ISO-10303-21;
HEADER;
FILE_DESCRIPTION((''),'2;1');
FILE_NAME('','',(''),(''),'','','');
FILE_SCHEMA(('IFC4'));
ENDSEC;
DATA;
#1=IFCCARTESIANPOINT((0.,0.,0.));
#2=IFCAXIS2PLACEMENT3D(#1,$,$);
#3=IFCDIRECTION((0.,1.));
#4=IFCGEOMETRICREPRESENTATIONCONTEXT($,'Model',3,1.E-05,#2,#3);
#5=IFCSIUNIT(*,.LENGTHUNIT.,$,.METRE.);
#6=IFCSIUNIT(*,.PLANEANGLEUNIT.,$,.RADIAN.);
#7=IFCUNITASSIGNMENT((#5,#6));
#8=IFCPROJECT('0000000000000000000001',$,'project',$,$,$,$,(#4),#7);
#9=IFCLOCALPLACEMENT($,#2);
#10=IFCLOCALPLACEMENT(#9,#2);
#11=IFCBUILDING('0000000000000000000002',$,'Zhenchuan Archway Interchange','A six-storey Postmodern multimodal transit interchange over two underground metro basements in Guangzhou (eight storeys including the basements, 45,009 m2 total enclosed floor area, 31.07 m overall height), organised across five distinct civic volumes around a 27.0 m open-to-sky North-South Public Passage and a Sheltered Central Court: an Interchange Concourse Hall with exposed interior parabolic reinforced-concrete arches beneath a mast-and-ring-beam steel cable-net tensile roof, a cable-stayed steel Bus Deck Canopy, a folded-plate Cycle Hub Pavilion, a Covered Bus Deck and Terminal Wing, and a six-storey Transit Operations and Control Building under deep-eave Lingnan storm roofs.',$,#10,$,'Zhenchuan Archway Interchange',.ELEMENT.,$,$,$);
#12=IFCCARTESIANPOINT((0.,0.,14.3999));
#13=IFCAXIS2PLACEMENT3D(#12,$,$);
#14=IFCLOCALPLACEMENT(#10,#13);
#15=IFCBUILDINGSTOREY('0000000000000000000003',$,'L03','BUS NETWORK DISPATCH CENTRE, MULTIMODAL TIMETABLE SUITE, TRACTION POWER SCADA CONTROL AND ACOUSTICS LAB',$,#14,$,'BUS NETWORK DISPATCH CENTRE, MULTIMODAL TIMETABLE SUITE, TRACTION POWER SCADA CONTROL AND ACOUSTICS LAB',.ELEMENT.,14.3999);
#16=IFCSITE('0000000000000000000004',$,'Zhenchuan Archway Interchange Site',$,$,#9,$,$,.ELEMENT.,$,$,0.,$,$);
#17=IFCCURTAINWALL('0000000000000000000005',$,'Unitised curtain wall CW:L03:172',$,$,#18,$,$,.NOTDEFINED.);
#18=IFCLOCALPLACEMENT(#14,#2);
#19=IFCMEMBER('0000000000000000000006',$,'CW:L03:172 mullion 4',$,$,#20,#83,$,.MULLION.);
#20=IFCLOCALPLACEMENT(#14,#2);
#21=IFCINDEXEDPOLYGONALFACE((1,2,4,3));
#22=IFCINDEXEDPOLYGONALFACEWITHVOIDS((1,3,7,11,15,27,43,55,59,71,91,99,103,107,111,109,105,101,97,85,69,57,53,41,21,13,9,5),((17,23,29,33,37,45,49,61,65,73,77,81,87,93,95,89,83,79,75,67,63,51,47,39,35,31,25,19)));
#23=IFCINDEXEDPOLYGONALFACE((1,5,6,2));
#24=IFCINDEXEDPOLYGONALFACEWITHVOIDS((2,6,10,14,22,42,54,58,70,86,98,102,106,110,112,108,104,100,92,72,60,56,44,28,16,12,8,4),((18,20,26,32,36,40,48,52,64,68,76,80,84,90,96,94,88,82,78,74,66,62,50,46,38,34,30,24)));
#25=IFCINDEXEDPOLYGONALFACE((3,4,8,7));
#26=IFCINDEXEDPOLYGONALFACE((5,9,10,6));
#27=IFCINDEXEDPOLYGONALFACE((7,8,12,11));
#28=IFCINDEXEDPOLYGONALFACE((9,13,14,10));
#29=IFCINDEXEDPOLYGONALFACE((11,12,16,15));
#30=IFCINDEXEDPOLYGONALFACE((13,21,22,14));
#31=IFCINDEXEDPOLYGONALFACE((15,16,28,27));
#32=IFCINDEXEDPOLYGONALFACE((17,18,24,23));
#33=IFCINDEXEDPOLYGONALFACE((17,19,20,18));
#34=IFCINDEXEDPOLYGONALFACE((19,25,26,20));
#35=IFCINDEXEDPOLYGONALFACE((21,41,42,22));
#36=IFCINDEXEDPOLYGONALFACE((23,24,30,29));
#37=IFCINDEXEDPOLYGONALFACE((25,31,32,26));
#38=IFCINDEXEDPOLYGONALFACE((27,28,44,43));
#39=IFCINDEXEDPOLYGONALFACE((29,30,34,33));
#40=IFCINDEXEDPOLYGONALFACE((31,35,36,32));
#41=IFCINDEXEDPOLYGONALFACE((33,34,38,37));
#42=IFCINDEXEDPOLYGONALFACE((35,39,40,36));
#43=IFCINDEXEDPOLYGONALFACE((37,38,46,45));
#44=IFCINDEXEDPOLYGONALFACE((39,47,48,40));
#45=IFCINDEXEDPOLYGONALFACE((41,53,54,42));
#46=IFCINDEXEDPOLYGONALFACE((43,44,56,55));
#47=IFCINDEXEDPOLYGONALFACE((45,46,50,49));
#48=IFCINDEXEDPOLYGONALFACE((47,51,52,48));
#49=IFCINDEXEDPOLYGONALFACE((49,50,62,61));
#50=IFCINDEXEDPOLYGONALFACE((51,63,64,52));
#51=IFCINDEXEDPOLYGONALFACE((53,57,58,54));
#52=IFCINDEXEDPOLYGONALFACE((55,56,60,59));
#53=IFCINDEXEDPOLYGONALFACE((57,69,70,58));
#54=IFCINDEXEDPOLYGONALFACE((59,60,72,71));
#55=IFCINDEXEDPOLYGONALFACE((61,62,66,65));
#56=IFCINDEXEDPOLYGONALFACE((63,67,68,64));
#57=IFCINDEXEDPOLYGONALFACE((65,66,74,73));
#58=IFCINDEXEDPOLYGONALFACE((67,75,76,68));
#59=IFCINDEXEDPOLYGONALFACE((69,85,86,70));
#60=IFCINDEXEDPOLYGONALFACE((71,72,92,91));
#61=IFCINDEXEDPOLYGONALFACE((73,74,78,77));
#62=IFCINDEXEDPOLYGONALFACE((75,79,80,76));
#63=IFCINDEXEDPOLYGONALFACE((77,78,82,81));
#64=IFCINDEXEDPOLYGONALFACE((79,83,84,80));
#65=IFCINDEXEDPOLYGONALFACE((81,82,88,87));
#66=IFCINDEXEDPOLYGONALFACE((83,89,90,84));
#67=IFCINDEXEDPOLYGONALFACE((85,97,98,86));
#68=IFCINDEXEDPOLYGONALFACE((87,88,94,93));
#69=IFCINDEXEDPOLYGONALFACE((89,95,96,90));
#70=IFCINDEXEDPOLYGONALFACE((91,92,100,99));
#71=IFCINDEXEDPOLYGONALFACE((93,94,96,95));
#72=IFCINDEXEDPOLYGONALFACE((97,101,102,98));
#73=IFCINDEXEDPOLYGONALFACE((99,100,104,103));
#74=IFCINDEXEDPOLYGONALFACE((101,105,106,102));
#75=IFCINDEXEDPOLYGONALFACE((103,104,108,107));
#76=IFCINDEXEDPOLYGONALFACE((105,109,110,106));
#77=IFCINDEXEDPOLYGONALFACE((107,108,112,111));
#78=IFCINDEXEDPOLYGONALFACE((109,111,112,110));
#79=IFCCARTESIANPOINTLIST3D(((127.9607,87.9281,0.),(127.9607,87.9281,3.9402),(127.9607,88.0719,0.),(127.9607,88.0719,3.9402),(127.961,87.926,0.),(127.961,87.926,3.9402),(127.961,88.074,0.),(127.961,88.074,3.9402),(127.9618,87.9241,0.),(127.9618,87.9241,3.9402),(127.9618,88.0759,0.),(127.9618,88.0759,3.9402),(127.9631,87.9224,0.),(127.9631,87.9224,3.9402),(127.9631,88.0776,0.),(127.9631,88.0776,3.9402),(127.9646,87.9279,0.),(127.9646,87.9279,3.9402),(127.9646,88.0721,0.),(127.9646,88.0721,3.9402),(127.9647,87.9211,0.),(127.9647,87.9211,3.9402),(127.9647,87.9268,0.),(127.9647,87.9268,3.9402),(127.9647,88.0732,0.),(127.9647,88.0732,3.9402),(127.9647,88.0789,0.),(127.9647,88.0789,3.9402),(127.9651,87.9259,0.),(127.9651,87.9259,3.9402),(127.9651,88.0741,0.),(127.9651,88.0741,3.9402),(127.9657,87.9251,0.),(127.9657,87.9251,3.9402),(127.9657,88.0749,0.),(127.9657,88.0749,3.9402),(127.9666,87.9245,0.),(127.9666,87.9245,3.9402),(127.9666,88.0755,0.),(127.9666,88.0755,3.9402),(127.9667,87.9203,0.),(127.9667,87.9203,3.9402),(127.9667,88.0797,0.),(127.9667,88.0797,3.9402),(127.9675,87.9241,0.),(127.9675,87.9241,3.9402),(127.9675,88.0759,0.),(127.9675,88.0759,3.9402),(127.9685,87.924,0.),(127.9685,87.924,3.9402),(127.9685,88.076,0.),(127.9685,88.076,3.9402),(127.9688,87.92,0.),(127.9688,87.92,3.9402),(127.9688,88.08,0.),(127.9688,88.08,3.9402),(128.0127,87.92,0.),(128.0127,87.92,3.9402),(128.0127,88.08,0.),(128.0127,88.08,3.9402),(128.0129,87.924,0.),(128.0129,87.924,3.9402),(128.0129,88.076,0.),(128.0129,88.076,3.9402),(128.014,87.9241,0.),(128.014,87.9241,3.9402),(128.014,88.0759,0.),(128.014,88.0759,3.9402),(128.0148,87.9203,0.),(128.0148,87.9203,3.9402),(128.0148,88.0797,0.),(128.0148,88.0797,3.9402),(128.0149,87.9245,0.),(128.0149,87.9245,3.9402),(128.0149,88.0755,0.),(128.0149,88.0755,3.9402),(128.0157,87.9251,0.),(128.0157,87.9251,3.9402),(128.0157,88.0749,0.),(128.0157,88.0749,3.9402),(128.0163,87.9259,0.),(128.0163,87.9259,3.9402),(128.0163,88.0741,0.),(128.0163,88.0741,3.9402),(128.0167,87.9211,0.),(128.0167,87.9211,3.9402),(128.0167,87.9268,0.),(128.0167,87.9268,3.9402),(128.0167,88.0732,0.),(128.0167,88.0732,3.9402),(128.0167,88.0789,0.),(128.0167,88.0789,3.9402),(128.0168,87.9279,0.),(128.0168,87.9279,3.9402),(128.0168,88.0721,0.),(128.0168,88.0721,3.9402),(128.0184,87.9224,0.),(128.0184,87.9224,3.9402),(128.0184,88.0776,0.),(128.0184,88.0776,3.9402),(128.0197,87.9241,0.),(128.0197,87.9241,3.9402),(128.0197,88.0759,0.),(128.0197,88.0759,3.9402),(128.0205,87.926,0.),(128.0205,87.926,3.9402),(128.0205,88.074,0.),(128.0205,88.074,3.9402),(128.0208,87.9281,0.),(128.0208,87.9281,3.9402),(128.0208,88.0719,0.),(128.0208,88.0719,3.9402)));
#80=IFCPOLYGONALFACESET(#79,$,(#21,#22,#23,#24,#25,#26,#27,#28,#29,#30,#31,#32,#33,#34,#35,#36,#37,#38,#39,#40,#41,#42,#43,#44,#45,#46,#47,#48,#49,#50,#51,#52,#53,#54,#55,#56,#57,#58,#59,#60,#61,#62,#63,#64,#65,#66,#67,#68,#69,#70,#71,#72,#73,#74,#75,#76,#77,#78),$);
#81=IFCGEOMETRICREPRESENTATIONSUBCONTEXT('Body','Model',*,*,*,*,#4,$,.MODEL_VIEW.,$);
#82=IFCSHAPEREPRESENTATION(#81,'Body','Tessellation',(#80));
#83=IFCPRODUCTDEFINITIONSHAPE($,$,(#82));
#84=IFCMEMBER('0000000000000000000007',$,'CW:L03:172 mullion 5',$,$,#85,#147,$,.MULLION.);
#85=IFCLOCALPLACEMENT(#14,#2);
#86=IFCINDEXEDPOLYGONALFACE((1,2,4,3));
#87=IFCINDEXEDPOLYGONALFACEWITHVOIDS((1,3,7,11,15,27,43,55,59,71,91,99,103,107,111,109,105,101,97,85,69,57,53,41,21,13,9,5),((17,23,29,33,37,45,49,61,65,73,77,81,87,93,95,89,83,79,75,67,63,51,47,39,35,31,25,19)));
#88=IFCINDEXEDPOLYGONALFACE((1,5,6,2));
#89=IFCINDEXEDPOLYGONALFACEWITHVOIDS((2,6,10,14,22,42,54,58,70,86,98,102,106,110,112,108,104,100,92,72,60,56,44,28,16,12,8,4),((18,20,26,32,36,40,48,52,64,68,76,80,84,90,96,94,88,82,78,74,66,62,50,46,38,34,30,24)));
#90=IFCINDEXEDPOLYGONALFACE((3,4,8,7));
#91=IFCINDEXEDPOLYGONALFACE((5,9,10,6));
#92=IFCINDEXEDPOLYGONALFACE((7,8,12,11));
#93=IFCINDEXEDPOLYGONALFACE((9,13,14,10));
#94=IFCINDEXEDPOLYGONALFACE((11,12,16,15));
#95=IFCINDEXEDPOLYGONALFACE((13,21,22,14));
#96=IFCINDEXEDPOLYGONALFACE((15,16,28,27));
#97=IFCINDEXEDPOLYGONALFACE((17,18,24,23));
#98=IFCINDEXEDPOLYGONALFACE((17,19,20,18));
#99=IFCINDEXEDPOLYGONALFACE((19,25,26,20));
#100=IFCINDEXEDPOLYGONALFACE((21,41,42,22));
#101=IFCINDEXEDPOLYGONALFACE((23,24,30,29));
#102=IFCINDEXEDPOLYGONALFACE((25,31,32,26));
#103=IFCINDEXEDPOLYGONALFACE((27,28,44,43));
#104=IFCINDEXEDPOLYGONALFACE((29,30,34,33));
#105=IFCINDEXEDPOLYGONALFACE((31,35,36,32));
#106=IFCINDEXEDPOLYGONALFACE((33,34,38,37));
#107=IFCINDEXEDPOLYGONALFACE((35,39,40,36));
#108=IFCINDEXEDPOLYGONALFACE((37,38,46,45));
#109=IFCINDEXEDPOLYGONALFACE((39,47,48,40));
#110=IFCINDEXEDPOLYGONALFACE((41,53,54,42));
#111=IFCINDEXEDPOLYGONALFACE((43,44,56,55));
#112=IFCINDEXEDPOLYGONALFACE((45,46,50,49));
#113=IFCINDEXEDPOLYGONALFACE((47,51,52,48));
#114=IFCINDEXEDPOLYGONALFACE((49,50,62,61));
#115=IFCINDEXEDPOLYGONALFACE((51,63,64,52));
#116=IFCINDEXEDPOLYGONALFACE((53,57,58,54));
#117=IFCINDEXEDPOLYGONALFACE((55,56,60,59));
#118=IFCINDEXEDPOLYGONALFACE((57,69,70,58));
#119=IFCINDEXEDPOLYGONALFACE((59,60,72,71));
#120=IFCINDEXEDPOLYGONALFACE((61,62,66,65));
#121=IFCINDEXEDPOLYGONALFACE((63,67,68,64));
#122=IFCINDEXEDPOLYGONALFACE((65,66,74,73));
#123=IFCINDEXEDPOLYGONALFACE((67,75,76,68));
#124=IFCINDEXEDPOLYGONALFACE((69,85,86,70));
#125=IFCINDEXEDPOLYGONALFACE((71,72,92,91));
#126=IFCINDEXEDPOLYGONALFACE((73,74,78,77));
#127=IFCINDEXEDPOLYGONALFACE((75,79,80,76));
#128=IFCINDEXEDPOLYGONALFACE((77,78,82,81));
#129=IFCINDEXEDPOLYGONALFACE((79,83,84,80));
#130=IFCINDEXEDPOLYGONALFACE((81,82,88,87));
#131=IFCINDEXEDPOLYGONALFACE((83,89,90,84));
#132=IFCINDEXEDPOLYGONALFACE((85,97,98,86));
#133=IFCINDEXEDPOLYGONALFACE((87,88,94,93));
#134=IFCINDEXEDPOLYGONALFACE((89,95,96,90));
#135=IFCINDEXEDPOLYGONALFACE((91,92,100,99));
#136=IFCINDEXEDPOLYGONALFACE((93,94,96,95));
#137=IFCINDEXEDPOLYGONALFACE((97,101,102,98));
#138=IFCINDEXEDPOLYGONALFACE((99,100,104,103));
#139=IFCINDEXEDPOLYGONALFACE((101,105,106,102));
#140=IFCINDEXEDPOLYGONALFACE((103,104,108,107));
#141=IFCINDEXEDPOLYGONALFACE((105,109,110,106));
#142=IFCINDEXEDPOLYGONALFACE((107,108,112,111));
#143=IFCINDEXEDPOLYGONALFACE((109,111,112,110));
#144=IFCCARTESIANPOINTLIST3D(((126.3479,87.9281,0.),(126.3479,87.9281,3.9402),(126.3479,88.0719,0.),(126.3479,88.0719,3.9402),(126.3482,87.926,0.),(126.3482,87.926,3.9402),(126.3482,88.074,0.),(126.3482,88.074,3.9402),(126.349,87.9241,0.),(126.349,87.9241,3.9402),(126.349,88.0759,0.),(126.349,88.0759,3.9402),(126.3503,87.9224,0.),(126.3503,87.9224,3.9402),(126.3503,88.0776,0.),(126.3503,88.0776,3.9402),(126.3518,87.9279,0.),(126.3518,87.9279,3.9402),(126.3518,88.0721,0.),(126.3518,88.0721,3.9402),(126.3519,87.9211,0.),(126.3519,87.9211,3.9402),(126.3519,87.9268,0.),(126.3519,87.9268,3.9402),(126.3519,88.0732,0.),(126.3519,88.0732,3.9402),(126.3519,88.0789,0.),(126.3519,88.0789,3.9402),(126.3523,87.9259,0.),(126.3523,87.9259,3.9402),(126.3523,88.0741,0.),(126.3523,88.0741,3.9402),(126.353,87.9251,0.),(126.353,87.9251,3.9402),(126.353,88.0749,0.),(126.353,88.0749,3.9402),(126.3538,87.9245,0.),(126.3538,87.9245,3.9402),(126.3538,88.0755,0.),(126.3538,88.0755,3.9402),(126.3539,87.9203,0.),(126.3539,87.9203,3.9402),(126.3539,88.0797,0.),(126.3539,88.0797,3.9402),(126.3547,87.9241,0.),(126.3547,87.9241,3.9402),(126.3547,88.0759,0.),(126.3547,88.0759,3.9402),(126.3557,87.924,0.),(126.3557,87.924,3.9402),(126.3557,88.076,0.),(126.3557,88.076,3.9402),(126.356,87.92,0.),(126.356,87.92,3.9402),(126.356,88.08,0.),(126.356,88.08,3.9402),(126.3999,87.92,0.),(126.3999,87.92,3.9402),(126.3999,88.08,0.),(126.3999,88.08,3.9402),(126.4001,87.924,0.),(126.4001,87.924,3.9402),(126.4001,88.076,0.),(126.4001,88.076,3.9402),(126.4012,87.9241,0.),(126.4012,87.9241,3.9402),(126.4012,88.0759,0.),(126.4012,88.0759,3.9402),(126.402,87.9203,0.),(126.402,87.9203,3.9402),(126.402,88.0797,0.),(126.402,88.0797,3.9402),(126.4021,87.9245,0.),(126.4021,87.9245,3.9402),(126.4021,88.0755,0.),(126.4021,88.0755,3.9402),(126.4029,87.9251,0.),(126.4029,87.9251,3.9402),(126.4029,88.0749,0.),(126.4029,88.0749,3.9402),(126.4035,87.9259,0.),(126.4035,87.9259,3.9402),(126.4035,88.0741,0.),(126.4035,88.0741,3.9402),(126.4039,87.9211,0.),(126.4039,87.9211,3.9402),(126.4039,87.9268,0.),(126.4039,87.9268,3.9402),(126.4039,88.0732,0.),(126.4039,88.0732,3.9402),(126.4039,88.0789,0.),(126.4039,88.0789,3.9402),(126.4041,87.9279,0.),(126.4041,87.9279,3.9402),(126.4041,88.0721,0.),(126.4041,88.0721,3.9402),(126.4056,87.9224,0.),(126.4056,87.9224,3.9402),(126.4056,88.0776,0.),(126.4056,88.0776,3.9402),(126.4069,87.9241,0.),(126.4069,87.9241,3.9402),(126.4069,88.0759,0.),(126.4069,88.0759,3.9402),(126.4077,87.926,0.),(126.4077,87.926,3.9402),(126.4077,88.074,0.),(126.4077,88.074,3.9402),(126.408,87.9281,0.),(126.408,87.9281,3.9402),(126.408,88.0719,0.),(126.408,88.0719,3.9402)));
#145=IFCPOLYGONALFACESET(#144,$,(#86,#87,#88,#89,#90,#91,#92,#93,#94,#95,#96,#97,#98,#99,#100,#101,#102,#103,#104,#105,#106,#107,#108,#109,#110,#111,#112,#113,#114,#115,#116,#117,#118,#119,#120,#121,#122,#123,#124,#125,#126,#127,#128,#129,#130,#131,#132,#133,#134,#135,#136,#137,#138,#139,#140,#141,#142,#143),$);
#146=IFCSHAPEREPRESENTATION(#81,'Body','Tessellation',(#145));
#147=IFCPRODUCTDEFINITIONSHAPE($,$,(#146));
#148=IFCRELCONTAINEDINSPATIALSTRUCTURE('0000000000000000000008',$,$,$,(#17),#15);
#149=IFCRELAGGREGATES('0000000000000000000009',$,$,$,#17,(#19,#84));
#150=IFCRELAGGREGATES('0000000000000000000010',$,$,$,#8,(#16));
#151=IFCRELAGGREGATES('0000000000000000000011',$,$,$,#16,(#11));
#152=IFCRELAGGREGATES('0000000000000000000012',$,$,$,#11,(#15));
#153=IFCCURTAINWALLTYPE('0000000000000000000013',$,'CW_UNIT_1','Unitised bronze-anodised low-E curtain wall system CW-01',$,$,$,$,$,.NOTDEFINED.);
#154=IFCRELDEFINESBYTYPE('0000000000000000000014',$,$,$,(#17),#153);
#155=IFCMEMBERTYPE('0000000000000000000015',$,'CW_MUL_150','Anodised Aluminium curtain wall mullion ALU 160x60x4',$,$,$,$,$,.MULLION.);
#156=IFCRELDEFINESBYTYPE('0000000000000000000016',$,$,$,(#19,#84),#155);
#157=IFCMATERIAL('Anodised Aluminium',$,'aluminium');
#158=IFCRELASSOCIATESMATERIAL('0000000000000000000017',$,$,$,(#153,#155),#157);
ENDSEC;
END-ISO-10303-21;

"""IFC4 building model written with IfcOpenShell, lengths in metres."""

from ifc_helpers import new_model, si_unit, direction, frame, origin, origin_2d, place, context, subcontext, project, spatial, hollow_rectangle, extrude, material, material_profile, profile_set, type_object, element, aggregate, save


model = new_model("IFC4")

# Units and contexts
model_context = context("Model", 3, precision=1e-05, world=origin(), true_north=direction((0.0, 1.0)))
body_context = subcontext(model_context, "Body", "Model", "MODEL_VIEW")
ifc_project = project(units=[si_unit("LENGTHUNIT", "METRE"), si_unit("PLANEANGLEUNIT", "RADIAN")], contexts=[model_context])

# Site, building, storey
site_placement = place(None, origin())
site = spatial("IfcSite", under=ifc_project, at=site_placement, Name="Zhenchuan Archway Interchange Site", CompositionType="ELEMENT", RefElevation=0.0)
building_placement = place(site_placement, origin())
building = spatial("IfcBuilding", under=site, at=building_placement, Name="Zhenchuan Archway Interchange", Description="A six-storey Postmodern multimodal transit interchange over two underground metro basements in Guangzhou (eight storeys including the basements, 45,009 m2 total enclosed floor area, 31.07 m overall height), organised across five distinct civic volumes around a 27.0 m open-to-sky North-South Public Passage and a Sheltered Central Court: an Interchange Concourse Hall with exposed interior parabolic reinforced-concrete arches beneath a mast-and-ring-beam steel cable-net tensile roof, a cable-stayed steel Bus Deck Canopy, a folded-plate Cycle Hub Pavilion, a Covered Bus Deck and Terminal Wing, and a six-storey Transit Operations and Control Building under deep-eave Lingnan storm roofs.", LongName="Zhenchuan Archway Interchange", CompositionType="ELEMENT")
storey_placement = place(building_placement, frame((0.0, 0.0, 14.3999)))
storey = spatial("IfcBuildingStorey", under=building, at=storey_placement, Name="L03", Description="BUS NETWORK DISPATCH CENTRE, MULTIMODAL TIMETABLE SUITE, TRACTION POWER SCADA CONTROL AND ACOUSTICS LAB", LongName="BUS NETWORK DISPATCH CENTRE, MULTIMODAL TIMETABLE SUITE, TRACTION POWER SCADA CONTROL AND ACOUSTICS LAB", CompositionType="ELEMENT", Elevation=14.3999)

# Curtain wall, members
ifc_material_1 = material(Name="Anodised Aluminium", Category="aluminium")
curtain_wall_type_1 = type_object("IfcCurtainWallType", Name="CW_UNIT_1", Description="Unitised bronze-anodised low-E curtain wall system CW-01", PredefinedType="NOTDEFINED", material=ifc_material_1)
curtain_wall_1_placement = place(storey_placement, origin())
curtain_wall_1 = element("IfcCurtainWall", 1, at=curtain_wall_1_placement, inside=storey, type_object=curtain_wall_type_1, Name="Unitised curtain wall CW:L03:172", PredefinedType="NOTDEFINED")
ifc_material_profile_1 = material_profile(ifc_material_1, hollow_rectangle(XDim=0.0601, YDim=0.1599, WallThickness=0.0039, InnerFilletRadius=0.0039, OuterFilletRadius=0.0081, at=origin_2d()), Name="ALU 160x60x4")
ifc_profile_set_1 = profile_set([ifc_material_profile_1], Name="Anodised Aluminium")
member_type_1 = type_object("IfcMemberType", Name="CW_MUL_150", Description="Anodised Aluminium curtain wall mullion ALU 160x60x4", PredefinedType="MULLION", material=ifc_profile_set_1)
member_1_placement = place(storey_placement, frame((127.9907, 88.0, 0.0), z_axis=(0.0, 0.0, 1.0), x_axis=(1.0, 0.0, 0.0)))
member_1 = element("IfcMember", 2, at=member_1_placement, type_object=member_type_1, Name="CW:L03:172 mullion 4", PredefinedType="MULLION", context=body_context, shape_type="SweptSolid", body=[
    extrude(hollow_rectangle(XDim=0.0601, YDim=0.1599, WallThickness=0.0039, InnerFilletRadius=0.0039, OuterFilletRadius=0.0081, at=origin_2d()), origin(), (0.0, 0.0, 1.0), 3.9402),
])
member_2_placement = place(storey_placement, frame((126.3779, 88.0, 0.0), z_axis=(0.0, 0.0, 1.0), x_axis=(1.0, 0.0, 0.0)))
member_2 = element("IfcMember", 3, at=member_2_placement, type_object=member_type_1, Name="CW:L03:172 mullion 5", PredefinedType="MULLION", context=body_context, shape_type="SweptSolid", body=[
    extrude(hollow_rectangle(XDim=0.0601, YDim=0.1599, WallThickness=0.0039, InnerFilletRadius=0.0039, OuterFilletRadius=0.0081, at=origin_2d()), origin(), (0.0, 0.0, 1.0), 3.9402),
])

aggregate(curtain_wall_1, [member_1, member_2])

save(model, "model.ifc")
